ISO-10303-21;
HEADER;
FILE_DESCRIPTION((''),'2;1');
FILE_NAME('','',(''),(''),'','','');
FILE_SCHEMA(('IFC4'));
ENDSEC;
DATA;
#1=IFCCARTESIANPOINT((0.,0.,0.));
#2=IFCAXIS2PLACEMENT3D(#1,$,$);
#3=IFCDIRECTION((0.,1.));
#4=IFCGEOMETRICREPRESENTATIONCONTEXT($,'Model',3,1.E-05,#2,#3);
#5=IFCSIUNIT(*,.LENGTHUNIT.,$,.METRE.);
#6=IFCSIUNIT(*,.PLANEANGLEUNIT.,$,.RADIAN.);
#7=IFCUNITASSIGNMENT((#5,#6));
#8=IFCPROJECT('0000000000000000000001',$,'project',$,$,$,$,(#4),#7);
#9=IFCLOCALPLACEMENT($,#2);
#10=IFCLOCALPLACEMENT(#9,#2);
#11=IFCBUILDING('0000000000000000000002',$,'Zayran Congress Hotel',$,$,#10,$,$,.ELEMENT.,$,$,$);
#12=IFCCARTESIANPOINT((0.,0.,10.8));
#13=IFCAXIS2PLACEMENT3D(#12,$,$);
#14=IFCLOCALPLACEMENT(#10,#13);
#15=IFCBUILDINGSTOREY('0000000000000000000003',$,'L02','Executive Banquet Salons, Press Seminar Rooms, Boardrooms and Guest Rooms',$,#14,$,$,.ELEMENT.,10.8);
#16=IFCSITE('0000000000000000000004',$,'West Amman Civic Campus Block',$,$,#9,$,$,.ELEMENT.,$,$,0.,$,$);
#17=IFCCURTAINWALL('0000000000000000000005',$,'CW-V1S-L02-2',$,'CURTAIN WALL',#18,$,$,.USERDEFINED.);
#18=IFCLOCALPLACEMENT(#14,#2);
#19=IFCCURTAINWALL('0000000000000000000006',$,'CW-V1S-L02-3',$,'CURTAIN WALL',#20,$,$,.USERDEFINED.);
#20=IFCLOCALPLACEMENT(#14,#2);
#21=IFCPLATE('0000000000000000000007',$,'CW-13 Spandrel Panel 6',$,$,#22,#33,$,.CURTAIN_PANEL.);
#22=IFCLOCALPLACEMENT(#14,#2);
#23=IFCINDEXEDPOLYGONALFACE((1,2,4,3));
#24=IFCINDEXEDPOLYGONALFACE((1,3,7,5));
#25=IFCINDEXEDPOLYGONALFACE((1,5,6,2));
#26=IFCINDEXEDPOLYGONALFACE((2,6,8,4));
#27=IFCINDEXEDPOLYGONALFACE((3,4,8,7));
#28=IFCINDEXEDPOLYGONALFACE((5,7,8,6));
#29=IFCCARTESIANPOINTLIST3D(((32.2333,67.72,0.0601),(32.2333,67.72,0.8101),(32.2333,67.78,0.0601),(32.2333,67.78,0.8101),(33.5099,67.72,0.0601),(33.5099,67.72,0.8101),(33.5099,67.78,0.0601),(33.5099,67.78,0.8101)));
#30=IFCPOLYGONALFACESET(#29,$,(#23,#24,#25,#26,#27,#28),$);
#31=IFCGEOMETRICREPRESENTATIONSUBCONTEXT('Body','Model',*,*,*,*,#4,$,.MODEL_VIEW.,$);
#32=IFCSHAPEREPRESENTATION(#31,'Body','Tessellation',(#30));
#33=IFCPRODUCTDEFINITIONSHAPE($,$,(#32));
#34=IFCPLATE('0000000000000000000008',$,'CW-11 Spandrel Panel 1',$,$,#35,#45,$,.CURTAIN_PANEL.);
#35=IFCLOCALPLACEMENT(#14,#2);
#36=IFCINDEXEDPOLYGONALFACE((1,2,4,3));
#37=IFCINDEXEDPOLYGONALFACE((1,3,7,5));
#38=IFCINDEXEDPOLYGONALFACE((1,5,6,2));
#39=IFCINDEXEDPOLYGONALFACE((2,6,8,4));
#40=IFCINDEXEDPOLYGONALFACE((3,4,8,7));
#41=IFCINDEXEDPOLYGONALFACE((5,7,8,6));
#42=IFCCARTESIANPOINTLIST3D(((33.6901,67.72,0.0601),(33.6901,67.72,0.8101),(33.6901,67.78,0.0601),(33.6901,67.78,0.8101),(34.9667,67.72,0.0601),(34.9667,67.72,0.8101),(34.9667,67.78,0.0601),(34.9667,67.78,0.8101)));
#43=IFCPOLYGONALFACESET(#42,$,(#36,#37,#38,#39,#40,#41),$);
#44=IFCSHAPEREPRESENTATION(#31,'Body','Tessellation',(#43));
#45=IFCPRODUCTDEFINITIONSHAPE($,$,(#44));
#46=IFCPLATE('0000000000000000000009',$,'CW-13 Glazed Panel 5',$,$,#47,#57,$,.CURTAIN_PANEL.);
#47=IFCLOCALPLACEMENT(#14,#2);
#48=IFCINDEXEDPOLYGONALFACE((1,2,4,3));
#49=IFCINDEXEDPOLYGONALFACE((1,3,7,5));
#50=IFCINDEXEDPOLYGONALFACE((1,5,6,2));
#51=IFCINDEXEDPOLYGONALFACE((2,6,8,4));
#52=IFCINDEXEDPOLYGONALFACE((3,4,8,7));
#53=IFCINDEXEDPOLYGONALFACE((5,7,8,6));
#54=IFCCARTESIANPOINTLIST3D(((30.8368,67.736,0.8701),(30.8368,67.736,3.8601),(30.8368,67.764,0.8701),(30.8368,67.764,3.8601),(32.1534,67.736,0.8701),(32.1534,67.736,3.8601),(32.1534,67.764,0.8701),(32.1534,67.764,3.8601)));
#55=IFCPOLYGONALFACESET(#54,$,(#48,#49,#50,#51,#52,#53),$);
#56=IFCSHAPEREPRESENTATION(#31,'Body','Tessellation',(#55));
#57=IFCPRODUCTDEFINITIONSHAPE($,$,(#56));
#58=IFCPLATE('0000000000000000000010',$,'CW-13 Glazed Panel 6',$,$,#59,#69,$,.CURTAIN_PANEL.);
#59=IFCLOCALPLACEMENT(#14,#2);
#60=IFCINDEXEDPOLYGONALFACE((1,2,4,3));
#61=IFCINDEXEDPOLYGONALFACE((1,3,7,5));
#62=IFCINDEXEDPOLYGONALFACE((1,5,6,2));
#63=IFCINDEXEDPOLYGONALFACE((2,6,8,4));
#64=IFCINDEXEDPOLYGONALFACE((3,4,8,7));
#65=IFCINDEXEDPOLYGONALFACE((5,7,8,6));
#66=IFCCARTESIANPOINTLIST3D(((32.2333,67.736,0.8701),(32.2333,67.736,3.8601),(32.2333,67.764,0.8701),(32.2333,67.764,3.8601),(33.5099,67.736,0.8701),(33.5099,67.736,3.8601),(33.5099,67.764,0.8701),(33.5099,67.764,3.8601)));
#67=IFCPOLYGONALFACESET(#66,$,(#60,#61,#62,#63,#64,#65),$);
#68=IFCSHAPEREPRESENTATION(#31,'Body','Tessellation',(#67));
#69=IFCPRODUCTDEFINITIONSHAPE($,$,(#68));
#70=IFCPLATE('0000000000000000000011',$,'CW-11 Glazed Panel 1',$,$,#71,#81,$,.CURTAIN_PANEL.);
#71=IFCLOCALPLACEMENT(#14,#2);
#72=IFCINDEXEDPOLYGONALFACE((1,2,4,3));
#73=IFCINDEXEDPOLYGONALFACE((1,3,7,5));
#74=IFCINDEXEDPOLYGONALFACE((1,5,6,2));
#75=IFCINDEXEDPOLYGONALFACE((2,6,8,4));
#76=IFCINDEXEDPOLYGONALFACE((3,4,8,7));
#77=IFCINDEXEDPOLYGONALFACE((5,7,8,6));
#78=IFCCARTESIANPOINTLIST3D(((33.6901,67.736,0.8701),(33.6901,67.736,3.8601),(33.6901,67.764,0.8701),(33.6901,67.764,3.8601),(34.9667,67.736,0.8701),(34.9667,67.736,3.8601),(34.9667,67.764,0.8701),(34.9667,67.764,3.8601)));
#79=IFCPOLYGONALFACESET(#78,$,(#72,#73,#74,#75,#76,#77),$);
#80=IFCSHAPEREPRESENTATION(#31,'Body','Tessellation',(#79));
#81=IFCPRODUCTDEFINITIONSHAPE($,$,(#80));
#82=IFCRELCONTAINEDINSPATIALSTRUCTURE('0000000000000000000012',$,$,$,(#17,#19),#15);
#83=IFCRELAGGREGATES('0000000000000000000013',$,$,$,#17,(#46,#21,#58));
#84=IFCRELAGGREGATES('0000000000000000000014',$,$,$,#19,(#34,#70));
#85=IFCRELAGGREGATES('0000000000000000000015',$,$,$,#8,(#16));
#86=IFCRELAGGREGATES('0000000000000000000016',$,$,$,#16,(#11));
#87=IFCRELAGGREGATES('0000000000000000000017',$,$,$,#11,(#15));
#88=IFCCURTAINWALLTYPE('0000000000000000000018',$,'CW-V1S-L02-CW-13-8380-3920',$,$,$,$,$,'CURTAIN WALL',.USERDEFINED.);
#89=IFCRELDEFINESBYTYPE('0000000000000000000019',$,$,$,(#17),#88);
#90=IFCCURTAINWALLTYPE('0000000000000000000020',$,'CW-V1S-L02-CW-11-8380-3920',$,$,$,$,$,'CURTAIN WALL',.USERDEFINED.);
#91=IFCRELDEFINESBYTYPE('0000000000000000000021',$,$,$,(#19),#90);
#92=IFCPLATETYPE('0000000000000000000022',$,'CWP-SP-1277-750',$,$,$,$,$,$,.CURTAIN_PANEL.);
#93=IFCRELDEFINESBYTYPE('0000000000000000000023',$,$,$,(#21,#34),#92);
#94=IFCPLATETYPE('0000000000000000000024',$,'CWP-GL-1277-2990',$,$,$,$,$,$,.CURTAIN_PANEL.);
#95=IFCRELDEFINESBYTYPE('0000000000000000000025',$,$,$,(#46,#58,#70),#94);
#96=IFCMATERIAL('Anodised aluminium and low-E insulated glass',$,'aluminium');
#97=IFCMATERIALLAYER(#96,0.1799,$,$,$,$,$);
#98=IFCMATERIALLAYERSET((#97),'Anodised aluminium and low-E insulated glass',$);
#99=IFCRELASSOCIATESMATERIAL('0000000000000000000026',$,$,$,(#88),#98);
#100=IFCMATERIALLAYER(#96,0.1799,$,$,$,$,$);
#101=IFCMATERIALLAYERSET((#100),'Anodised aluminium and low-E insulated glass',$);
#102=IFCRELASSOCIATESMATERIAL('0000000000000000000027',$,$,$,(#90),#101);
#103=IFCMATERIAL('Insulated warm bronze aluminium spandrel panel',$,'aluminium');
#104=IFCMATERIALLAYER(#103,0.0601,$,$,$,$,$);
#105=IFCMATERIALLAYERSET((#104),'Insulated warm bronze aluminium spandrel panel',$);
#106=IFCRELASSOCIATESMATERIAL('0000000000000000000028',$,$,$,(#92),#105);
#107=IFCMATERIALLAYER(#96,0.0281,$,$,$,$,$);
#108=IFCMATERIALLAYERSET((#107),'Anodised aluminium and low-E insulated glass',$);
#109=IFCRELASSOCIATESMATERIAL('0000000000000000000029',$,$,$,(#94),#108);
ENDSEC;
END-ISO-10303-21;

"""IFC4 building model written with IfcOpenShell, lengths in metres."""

from ifc_helpers import new_model, si_unit, direction, frame, origin, origin_2d, place, context, subcontext, project, spatial, rectangle, extrude, material, layer, layer_set, type_object, element, aggregate, save


model = new_model("IFC4")

# Units and contexts
model_context = context("Model", 3, precision=1e-05, world=origin(), true_north=direction((0.0, 1.0)))
body_context = subcontext(model_context, "Body", "Model", "MODEL_VIEW")
ifc_project = project(units=[si_unit("LENGTHUNIT", "METRE"), si_unit("PLANEANGLEUNIT", "RADIAN")], contexts=[model_context])

# Site, building, storey
site_placement = place(None, origin())
site = spatial("IfcSite", under=ifc_project, at=site_placement, Name="West Amman Civic Campus Block", CompositionType="ELEMENT", RefElevation=0.0)
building_placement = place(site_placement, origin())
building = spatial("IfcBuilding", under=site, at=building_placement, Name="Zayran Congress Hotel", CompositionType="ELEMENT")
storey_placement = place(building_placement, frame((0.0, 0.0, 10.8)))
storey = spatial("IfcBuildingStorey", under=building, at=storey_placement, Name="L02", Description="Executive Banquet Salons, Press Seminar Rooms, Boardrooms and Guest Rooms", CompositionType="ELEMENT", Elevation=10.8)

# Curtain walls
ifc_material_1 = material(Name="Anodised aluminium and low-E insulated glass", Category="aluminium")
ifc_layer_1 = layer(ifc_material_1, 0.1799)
ifc_layer_set_1 = layer_set([ifc_layer_1], Name="Anodised aluminium and low-E insulated glass")
curtain_wall_type_1 = type_object("IfcCurtainWallType", Name="CW-V1S-L02-CW-13-8380-3920", ElementType="CURTAIN WALL", PredefinedType="USERDEFINED", material=ifc_layer_set_1)
curtain_wall_1_placement = place(storey_placement, origin())
curtain_wall_1 = element("IfcCurtainWall", 1, at=curtain_wall_1_placement, inside=storey, type_object=curtain_wall_type_1, Name="CW-V1S-L02-2", ObjectType="CURTAIN WALL", PredefinedType="USERDEFINED")
ifc_layer_2 = layer(ifc_material_1, 0.1799)
ifc_layer_set_2 = layer_set([ifc_layer_2], Name="Anodised aluminium and low-E insulated glass")
curtain_wall_type_2 = type_object("IfcCurtainWallType", Name="CW-V1S-L02-CW-11-8380-3920", ElementType="CURTAIN WALL", PredefinedType="USERDEFINED", material=ifc_layer_set_2)
curtain_wall_2_placement = place(storey_placement, origin())
curtain_wall_2 = element("IfcCurtainWall", 2, at=curtain_wall_2_placement, inside=storey, type_object=curtain_wall_type_2, Name="CW-V1S-L02-3", ObjectType="CURTAIN WALL", PredefinedType="USERDEFINED")

# Plates
ifc_material_2 = material(Name="Insulated warm bronze aluminium spandrel panel", Category="aluminium")
ifc_layer_3 = layer(ifc_material_2, 0.0601)
ifc_layer_set_3 = layer_set([ifc_layer_3], Name="Insulated warm bronze aluminium spandrel panel")
plate_type_1 = type_object("IfcPlateType", Name="CWP-SP-1277-750", PredefinedType="CURTAIN_PANEL", material=ifc_layer_set_3)
plate_1_placement = place(storey_placement, frame((32.8716, 67.75, 0.0601), z_axis=(0.0, 0.0, 1.0), x_axis=(1.0, 0.0, 0.0)))
plate_1 = element("IfcPlate", 3, at=plate_1_placement, type_object=plate_type_1, Name="CW-13 Spandrel Panel 6", PredefinedType="CURTAIN_PANEL", context=body_context, shape_type="SweptSolid", body=[
    extrude(rectangle(XDim=1.2766, YDim=0.0601, at=origin_2d()), origin(), (0.0, 0.0, 1.0), 0.75),
])
plate_2_placement = place(storey_placement, frame((34.3284, 67.75, 0.0601), z_axis=(0.0, 0.0, 1.0), x_axis=(1.0, 0.0, 0.0)))
plate_2 = element("IfcPlate", 4, at=plate_2_placement, type_object=plate_type_1, Name="CW-11 Spandrel Panel 1", PredefinedType="CURTAIN_PANEL", context=body_context, shape_type="SweptSolid", body=[
    extrude(rectangle(XDim=1.2766, YDim=0.0601, at=origin_2d()), origin(), (0.0, 0.0, 1.0), 0.75),
])
ifc_layer_4 = layer(ifc_material_1, 0.0281)
ifc_layer_set_4 = layer_set([ifc_layer_4], Name="Anodised aluminium and low-E insulated glass")
plate_type_2 = type_object("IfcPlateType", Name="CWP-GL-1277-2990", PredefinedType="CURTAIN_PANEL", material=ifc_layer_set_4)
plate_3_placement = place(storey_placement, frame((31.4951, 67.75, 0.8701), z_axis=(0.0, 0.0, 1.0), x_axis=(1.0, 0.0, 0.0)))
plate_3 = element("IfcPlate", 5, at=plate_3_placement, type_object=plate_type_2, Name="CW-13 Glazed Panel 5", PredefinedType="CURTAIN_PANEL", context=body_context, shape_type="SweptSolid", body=[
    extrude(rectangle(XDim=1.3167, YDim=0.0281, at=origin_2d()), origin(), (0.0, 0.0, 1.0), 2.99),
])
plate_4_placement = place(storey_placement, frame((32.8716, 67.75, 0.8701), z_axis=(0.0, 0.0, 1.0), x_axis=(1.0, 0.0, 0.0)))
plate_4 = element("IfcPlate", 6, at=plate_4_placement, type_object=plate_type_2, Name="CW-13 Glazed Panel 6", PredefinedType="CURTAIN_PANEL", context=body_context, shape_type="SweptSolid", body=[
    extrude(rectangle(XDim=1.2766, YDim=0.0281, at=origin_2d()), origin(), (0.0, 0.0, 1.0), 2.99),
])
aggregate(curtain_wall_1, [plate_3, plate_1, plate_4])
plate_5_placement = place(storey_placement, frame((34.3284, 67.75, 0.8701), z_axis=(0.0, 0.0, 1.0), x_axis=(1.0, 0.0, 0.0)))
plate_5 = element("IfcPlate", 7, at=plate_5_placement, type_object=plate_type_2, Name="CW-11 Glazed Panel 1", PredefinedType="CURTAIN_PANEL", context=body_context, shape_type="SweptSolid", body=[
    extrude(rectangle(XDim=1.2766, YDim=0.0281, at=origin_2d()), origin(), (0.0, 0.0, 1.0), 2.99),
])
aggregate(curtain_wall_2, [plate_2, plate_5])

save(model, "model.ifc")
